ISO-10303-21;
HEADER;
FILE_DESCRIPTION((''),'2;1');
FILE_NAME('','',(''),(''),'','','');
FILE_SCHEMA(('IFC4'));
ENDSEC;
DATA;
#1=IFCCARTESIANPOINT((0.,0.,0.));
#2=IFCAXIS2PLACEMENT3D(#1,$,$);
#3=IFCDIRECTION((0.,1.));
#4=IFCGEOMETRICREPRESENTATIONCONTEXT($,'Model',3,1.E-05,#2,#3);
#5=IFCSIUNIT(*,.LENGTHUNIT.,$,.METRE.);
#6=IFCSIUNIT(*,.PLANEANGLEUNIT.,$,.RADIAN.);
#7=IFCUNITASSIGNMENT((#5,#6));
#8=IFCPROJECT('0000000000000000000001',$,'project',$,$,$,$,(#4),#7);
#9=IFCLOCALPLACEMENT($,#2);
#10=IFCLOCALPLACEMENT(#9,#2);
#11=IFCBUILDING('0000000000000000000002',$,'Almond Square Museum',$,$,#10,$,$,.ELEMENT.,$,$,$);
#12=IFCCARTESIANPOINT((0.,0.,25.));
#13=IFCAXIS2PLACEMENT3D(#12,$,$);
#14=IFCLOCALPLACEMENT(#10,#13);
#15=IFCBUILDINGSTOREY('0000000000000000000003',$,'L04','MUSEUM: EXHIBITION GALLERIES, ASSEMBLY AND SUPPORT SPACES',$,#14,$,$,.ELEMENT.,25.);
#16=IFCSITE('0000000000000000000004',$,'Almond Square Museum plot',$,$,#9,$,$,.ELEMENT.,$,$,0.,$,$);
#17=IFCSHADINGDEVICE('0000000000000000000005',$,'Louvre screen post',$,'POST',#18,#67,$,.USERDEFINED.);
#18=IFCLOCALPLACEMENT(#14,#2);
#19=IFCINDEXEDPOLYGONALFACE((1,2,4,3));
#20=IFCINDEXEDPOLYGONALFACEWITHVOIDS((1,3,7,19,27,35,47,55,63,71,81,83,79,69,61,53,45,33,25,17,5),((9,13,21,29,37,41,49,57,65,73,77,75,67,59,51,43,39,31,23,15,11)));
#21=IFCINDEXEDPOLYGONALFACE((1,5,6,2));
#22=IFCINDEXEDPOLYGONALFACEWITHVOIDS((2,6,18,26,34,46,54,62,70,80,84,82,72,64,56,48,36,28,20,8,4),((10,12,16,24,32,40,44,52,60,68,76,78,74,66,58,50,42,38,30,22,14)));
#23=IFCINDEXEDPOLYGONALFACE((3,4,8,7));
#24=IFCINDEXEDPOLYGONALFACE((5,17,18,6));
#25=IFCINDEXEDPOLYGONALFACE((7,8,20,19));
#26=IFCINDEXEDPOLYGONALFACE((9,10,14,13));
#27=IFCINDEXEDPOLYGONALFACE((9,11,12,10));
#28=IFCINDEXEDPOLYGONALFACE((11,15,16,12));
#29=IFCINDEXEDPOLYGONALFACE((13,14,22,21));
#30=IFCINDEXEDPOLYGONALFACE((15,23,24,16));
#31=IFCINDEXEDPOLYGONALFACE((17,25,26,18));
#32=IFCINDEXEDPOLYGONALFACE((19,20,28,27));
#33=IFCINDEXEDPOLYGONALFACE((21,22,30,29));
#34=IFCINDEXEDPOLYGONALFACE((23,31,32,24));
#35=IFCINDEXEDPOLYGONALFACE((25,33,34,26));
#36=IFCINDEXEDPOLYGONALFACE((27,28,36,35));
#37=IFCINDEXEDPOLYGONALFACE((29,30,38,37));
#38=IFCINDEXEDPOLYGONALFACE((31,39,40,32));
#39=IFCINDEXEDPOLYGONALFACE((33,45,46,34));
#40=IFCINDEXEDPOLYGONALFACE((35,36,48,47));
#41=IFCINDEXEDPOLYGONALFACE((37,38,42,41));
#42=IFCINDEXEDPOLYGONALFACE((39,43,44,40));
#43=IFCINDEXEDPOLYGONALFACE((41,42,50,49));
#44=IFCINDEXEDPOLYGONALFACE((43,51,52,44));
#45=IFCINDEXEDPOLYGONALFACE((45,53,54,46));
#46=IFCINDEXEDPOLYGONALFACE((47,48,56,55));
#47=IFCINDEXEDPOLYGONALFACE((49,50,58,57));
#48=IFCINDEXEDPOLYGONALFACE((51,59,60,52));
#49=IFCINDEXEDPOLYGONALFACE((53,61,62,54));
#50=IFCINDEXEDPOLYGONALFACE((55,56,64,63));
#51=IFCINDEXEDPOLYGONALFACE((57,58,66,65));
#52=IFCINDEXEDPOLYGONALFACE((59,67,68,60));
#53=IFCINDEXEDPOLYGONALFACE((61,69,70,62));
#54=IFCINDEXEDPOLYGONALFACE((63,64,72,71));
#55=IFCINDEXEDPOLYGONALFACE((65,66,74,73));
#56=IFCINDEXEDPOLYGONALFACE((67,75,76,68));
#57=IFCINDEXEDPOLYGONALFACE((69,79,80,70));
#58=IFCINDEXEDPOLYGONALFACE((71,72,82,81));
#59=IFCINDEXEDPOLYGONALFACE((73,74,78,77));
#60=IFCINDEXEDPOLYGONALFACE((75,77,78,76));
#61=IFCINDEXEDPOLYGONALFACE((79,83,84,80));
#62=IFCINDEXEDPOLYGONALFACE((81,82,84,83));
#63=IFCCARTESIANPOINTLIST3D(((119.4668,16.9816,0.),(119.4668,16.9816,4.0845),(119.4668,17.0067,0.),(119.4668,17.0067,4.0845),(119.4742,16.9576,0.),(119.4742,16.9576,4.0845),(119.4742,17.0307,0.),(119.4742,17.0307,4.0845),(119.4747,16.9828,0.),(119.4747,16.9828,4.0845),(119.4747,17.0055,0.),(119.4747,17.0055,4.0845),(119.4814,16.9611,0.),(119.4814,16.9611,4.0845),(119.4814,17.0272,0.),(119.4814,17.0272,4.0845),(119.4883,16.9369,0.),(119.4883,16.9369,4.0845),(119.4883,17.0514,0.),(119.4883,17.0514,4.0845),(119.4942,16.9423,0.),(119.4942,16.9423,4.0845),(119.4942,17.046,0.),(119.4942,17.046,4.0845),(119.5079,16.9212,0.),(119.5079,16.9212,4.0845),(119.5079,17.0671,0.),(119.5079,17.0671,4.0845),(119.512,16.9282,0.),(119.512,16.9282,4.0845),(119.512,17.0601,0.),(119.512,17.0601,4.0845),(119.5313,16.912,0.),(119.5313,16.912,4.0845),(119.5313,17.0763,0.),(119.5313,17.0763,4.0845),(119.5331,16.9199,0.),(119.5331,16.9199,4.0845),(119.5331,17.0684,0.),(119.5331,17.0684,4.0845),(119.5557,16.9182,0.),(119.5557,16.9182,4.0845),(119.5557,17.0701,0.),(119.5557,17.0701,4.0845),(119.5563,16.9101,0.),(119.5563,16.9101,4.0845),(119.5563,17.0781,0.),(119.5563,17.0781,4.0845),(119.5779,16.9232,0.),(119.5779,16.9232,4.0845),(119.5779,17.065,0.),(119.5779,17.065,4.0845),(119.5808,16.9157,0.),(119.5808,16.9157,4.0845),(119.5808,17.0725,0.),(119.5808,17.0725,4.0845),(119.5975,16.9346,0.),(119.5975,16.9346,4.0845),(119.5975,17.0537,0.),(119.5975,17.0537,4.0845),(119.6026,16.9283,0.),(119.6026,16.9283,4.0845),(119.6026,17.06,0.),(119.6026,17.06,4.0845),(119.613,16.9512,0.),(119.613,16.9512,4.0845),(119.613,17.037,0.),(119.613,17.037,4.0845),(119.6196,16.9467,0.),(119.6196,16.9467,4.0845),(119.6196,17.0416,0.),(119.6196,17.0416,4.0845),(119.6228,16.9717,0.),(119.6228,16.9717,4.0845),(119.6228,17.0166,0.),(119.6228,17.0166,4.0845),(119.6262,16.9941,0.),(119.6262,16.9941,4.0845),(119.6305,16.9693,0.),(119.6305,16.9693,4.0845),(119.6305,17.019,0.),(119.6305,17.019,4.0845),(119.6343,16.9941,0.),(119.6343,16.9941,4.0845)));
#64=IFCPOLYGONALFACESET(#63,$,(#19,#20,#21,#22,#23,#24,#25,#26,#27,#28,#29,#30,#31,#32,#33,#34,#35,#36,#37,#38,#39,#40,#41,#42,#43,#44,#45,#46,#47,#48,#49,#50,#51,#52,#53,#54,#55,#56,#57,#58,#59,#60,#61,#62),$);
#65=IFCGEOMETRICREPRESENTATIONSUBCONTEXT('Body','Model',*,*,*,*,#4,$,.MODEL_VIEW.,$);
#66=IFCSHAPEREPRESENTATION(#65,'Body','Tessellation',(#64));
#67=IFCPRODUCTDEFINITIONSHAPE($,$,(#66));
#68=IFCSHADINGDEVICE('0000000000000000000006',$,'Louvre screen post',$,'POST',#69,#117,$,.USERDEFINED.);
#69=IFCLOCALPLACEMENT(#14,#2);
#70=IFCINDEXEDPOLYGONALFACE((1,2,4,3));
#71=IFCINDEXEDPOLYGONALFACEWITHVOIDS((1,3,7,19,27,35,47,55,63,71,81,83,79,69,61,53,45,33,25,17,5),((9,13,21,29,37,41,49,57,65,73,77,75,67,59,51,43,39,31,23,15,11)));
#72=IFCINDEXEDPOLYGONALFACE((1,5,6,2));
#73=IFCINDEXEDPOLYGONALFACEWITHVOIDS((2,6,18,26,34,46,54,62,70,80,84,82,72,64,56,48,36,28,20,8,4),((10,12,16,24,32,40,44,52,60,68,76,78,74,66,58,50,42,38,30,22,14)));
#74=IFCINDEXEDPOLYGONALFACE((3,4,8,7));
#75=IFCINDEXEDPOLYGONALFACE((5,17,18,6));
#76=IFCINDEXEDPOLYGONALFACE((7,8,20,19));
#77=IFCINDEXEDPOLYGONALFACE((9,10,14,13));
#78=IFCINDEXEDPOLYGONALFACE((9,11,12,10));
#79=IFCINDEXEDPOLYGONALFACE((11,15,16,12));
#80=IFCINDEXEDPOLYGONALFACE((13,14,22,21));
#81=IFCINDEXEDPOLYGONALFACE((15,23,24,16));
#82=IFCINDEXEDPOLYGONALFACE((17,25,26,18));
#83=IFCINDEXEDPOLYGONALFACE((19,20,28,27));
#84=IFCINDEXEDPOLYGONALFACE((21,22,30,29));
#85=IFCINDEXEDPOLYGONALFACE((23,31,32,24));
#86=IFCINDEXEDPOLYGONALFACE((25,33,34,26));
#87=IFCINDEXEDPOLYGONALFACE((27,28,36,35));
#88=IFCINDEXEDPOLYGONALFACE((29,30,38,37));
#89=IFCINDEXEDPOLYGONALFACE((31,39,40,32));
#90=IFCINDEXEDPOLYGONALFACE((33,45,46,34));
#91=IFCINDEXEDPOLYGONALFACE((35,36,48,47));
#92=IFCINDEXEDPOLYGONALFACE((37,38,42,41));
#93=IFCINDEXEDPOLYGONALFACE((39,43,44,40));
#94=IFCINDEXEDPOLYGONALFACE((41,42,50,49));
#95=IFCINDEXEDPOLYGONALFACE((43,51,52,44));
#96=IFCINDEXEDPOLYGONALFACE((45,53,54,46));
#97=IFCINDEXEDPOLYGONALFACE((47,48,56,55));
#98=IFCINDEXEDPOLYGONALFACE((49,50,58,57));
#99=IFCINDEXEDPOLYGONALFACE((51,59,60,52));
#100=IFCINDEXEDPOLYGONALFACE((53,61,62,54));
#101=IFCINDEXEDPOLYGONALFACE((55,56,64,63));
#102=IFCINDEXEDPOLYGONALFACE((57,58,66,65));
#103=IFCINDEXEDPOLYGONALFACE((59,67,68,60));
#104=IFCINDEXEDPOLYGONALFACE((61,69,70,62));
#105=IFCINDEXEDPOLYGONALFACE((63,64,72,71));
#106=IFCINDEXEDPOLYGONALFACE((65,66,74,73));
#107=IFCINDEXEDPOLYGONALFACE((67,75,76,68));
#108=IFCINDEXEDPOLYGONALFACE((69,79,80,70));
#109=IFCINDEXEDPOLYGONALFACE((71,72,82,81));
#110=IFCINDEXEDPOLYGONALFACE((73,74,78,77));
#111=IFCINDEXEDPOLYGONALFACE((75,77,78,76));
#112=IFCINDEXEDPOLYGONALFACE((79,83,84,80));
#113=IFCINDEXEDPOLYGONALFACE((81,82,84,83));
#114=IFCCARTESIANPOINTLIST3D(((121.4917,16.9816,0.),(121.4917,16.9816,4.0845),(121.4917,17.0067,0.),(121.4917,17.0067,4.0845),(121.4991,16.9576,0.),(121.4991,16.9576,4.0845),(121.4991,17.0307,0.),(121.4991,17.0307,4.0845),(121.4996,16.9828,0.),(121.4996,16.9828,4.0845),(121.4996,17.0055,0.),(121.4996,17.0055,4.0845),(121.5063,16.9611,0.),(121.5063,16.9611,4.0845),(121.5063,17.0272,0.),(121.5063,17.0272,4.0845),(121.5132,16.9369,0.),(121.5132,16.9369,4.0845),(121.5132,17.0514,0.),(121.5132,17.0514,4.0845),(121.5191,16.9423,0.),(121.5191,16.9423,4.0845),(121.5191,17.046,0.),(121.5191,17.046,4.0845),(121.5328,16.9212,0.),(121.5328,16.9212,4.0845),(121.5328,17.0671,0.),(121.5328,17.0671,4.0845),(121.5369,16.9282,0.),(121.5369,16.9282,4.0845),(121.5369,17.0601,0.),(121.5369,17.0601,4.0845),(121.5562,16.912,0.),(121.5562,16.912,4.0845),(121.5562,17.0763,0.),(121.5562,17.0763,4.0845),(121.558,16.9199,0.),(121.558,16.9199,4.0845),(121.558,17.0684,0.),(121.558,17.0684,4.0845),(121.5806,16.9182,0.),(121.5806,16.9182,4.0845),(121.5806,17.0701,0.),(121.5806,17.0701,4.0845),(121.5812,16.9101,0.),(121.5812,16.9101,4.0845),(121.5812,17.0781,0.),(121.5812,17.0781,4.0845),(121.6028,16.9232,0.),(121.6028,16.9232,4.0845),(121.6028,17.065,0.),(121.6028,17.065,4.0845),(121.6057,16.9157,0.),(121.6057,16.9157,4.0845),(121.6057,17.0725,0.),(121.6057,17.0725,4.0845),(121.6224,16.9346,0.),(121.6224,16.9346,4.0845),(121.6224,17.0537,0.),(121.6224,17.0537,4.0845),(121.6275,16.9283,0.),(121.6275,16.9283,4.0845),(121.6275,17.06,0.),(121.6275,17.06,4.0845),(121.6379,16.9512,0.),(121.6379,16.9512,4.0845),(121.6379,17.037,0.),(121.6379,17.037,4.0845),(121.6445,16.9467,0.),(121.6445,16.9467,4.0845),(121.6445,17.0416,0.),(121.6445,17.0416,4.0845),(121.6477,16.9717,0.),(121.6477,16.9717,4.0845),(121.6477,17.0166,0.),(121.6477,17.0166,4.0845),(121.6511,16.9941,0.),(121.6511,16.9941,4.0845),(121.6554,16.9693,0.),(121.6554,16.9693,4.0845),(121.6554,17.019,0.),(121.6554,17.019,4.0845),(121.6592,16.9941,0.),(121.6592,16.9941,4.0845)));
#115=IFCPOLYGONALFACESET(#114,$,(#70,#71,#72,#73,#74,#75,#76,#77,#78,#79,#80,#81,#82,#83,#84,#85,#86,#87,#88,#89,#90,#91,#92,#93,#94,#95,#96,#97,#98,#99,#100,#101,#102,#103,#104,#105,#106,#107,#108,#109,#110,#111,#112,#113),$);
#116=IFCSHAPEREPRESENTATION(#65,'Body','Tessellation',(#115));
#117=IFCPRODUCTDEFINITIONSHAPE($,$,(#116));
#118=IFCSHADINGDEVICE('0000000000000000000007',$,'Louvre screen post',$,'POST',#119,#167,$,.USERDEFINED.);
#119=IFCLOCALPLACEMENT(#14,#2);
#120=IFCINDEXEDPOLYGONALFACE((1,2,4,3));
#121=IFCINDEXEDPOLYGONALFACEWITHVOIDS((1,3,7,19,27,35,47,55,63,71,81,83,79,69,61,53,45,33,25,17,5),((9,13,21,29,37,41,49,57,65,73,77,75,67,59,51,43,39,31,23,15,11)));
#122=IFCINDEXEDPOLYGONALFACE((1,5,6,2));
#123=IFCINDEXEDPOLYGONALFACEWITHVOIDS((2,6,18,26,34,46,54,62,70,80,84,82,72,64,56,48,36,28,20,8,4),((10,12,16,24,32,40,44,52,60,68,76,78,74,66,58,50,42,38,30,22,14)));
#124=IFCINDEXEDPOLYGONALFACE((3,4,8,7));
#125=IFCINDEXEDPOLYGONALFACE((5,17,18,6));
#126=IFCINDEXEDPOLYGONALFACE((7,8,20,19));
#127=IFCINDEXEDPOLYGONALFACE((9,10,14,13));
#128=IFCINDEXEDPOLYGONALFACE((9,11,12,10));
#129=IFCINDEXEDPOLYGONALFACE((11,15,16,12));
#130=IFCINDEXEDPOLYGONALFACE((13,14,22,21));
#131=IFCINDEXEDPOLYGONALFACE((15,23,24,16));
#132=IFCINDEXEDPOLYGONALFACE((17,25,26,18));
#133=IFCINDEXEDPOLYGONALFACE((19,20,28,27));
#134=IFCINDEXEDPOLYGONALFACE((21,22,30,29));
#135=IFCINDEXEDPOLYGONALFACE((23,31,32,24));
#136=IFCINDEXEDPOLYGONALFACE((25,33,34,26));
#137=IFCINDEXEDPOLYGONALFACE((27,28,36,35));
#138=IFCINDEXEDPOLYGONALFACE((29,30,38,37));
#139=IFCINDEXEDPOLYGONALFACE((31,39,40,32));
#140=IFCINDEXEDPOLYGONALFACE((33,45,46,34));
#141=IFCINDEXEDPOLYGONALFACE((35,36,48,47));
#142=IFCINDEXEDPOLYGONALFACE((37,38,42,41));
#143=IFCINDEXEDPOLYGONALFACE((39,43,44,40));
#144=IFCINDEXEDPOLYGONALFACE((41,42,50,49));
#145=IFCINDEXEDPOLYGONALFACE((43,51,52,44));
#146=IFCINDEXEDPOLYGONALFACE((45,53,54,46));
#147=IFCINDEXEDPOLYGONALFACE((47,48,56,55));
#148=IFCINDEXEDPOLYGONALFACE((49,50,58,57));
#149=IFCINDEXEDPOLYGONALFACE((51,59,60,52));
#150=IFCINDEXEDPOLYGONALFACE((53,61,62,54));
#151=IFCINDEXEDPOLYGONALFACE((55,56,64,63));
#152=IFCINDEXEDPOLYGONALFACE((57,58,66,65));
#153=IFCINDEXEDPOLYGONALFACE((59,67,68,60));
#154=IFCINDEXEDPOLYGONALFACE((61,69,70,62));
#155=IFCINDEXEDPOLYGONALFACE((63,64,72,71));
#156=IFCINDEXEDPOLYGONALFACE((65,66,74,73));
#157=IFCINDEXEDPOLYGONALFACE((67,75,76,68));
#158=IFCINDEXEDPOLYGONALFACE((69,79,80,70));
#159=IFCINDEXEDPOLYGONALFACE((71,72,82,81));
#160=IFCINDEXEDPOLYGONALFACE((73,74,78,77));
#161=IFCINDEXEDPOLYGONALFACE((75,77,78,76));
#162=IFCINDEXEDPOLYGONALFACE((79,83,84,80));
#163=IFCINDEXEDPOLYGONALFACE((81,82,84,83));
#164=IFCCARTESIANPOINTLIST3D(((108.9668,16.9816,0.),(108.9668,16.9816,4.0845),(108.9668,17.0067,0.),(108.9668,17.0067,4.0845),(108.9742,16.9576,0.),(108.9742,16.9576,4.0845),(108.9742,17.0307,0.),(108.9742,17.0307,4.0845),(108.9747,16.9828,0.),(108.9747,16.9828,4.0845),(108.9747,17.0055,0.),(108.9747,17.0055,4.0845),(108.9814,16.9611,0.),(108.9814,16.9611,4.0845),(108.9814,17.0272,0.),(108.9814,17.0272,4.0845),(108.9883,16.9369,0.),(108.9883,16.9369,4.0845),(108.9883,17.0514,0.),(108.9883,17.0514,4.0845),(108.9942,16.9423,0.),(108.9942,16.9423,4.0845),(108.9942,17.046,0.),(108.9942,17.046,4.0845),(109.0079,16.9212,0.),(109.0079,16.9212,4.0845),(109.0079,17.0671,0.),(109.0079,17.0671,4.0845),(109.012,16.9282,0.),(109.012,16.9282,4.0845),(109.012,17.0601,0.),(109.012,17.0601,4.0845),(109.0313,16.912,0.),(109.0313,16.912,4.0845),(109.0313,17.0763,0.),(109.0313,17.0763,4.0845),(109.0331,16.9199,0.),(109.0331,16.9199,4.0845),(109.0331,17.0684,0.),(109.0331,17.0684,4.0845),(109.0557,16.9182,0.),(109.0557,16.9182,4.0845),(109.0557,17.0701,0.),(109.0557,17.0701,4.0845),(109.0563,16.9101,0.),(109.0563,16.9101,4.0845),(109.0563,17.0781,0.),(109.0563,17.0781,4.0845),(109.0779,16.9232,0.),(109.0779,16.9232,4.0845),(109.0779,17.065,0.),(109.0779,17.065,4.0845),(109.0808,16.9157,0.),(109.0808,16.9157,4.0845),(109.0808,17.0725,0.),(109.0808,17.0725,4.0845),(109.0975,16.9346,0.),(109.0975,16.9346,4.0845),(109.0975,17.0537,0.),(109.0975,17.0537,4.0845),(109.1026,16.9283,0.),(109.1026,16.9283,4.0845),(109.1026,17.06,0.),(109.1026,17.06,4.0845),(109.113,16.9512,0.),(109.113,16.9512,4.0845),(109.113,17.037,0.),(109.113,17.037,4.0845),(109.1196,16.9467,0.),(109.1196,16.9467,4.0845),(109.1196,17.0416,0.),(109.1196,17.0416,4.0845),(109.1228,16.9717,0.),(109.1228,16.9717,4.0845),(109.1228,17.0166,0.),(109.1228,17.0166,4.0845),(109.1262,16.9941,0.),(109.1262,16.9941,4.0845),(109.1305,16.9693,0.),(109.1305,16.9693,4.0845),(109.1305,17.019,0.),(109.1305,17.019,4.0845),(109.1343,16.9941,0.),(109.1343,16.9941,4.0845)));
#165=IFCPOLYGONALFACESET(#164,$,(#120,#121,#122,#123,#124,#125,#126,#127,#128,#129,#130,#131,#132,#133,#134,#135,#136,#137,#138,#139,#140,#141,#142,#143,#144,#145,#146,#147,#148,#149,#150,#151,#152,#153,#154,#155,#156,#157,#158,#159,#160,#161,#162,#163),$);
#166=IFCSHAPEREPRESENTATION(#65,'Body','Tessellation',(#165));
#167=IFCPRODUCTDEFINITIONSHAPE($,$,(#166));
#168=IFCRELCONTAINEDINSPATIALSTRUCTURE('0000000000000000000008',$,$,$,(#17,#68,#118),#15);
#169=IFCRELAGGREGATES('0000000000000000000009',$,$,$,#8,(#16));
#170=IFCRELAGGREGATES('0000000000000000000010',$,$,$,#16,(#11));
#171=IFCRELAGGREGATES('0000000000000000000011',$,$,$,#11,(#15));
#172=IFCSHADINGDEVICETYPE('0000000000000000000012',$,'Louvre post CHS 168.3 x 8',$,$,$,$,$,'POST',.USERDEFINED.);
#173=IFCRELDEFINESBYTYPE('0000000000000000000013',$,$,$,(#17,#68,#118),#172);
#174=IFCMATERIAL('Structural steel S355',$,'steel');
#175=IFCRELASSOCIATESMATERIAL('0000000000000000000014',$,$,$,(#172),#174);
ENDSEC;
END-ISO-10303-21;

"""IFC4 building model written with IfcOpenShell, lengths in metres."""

from ifc_helpers import new_model, si_unit, direction, frame, origin, origin_2d, place, context, subcontext, project, spatial, hollow_circle, extrude, material, material_profile, profile_set, type_object, element, save


model = new_model("IFC4")

# Units and contexts
model_context = context("Model", 3, precision=1e-05, world=origin(), true_north=direction((0.0, 1.0)))
body_context = subcontext(model_context, "Body", "Model", "MODEL_VIEW")
ifc_project = project(units=[si_unit("LENGTHUNIT", "METRE"), si_unit("PLANEANGLEUNIT", "RADIAN")], contexts=[model_context])

# Site, building, storey
site_placement = place(None, origin())
site = spatial("IfcSite", under=ifc_project, at=site_placement, Name="Almond Square Museum plot", CompositionType="ELEMENT", RefElevation=0.0)
building_placement = place(site_placement, origin())
building = spatial("IfcBuilding", under=site, at=building_placement, Name="Almond Square Museum", CompositionType="ELEMENT")
storey_placement = place(building_placement, frame((0.0, 0.0, 25.0)))
storey = spatial("IfcBuildingStorey", under=building, at=storey_placement, Name="L04", Description="MUSEUM: EXHIBITION GALLERIES, ASSEMBLY AND SUPPORT SPACES", CompositionType="ELEMENT", Elevation=25.0)

# Shading devices
ifc_material_1 = material(Name="Structural steel S355", Category="steel")
ifc_material_profile_1 = material_profile(ifc_material_1, hollow_circle(Radius=0.0842, WallThickness=0.0081, at=origin_2d()))
ifc_profile_set_1 = profile_set([ifc_material_profile_1], Name="Structural steel S355")
shading_device_type_1 = type_object("IfcShadingDeviceType", Name="Louvre post CHS 168.3 x 8", ElementType="POST", PredefinedType="USERDEFINED", material=ifc_profile_set_1)
for number, where, z_axis, x_axis, name in (
    (1, (119.55, 16.9941, 0.0), (0.0, 0.0, 1.0), (1.0, 0.0, 0.0), "Louvre screen post"),
    (2, (121.575, 16.9941, 0.0), (0.0, 0.0, 1.0), (1.0, 0.0, 0.0), "Louvre screen post"),
    (3, (109.05, 16.9941, 0.0), (0.0, 0.0, 1.0), (1.0, 0.0, 0.0), "Louvre screen post"),
):
    element("IfcShadingDevice", number, at=place(storey_placement, frame(where, z_axis=z_axis, x_axis=x_axis)), inside=storey, type_object=shading_device_type_1, Name=name, ObjectType="POST", PredefinedType="USERDEFINED", context=body_context, shape_type="SweptSolid", body=[
        extrude(hollow_circle(Radius=0.0842, WallThickness=0.0081, at=origin_2d()), origin(), (0.0, 0.0, 1.0), 4.0845),
    ])

save(model, "model.ifc")
